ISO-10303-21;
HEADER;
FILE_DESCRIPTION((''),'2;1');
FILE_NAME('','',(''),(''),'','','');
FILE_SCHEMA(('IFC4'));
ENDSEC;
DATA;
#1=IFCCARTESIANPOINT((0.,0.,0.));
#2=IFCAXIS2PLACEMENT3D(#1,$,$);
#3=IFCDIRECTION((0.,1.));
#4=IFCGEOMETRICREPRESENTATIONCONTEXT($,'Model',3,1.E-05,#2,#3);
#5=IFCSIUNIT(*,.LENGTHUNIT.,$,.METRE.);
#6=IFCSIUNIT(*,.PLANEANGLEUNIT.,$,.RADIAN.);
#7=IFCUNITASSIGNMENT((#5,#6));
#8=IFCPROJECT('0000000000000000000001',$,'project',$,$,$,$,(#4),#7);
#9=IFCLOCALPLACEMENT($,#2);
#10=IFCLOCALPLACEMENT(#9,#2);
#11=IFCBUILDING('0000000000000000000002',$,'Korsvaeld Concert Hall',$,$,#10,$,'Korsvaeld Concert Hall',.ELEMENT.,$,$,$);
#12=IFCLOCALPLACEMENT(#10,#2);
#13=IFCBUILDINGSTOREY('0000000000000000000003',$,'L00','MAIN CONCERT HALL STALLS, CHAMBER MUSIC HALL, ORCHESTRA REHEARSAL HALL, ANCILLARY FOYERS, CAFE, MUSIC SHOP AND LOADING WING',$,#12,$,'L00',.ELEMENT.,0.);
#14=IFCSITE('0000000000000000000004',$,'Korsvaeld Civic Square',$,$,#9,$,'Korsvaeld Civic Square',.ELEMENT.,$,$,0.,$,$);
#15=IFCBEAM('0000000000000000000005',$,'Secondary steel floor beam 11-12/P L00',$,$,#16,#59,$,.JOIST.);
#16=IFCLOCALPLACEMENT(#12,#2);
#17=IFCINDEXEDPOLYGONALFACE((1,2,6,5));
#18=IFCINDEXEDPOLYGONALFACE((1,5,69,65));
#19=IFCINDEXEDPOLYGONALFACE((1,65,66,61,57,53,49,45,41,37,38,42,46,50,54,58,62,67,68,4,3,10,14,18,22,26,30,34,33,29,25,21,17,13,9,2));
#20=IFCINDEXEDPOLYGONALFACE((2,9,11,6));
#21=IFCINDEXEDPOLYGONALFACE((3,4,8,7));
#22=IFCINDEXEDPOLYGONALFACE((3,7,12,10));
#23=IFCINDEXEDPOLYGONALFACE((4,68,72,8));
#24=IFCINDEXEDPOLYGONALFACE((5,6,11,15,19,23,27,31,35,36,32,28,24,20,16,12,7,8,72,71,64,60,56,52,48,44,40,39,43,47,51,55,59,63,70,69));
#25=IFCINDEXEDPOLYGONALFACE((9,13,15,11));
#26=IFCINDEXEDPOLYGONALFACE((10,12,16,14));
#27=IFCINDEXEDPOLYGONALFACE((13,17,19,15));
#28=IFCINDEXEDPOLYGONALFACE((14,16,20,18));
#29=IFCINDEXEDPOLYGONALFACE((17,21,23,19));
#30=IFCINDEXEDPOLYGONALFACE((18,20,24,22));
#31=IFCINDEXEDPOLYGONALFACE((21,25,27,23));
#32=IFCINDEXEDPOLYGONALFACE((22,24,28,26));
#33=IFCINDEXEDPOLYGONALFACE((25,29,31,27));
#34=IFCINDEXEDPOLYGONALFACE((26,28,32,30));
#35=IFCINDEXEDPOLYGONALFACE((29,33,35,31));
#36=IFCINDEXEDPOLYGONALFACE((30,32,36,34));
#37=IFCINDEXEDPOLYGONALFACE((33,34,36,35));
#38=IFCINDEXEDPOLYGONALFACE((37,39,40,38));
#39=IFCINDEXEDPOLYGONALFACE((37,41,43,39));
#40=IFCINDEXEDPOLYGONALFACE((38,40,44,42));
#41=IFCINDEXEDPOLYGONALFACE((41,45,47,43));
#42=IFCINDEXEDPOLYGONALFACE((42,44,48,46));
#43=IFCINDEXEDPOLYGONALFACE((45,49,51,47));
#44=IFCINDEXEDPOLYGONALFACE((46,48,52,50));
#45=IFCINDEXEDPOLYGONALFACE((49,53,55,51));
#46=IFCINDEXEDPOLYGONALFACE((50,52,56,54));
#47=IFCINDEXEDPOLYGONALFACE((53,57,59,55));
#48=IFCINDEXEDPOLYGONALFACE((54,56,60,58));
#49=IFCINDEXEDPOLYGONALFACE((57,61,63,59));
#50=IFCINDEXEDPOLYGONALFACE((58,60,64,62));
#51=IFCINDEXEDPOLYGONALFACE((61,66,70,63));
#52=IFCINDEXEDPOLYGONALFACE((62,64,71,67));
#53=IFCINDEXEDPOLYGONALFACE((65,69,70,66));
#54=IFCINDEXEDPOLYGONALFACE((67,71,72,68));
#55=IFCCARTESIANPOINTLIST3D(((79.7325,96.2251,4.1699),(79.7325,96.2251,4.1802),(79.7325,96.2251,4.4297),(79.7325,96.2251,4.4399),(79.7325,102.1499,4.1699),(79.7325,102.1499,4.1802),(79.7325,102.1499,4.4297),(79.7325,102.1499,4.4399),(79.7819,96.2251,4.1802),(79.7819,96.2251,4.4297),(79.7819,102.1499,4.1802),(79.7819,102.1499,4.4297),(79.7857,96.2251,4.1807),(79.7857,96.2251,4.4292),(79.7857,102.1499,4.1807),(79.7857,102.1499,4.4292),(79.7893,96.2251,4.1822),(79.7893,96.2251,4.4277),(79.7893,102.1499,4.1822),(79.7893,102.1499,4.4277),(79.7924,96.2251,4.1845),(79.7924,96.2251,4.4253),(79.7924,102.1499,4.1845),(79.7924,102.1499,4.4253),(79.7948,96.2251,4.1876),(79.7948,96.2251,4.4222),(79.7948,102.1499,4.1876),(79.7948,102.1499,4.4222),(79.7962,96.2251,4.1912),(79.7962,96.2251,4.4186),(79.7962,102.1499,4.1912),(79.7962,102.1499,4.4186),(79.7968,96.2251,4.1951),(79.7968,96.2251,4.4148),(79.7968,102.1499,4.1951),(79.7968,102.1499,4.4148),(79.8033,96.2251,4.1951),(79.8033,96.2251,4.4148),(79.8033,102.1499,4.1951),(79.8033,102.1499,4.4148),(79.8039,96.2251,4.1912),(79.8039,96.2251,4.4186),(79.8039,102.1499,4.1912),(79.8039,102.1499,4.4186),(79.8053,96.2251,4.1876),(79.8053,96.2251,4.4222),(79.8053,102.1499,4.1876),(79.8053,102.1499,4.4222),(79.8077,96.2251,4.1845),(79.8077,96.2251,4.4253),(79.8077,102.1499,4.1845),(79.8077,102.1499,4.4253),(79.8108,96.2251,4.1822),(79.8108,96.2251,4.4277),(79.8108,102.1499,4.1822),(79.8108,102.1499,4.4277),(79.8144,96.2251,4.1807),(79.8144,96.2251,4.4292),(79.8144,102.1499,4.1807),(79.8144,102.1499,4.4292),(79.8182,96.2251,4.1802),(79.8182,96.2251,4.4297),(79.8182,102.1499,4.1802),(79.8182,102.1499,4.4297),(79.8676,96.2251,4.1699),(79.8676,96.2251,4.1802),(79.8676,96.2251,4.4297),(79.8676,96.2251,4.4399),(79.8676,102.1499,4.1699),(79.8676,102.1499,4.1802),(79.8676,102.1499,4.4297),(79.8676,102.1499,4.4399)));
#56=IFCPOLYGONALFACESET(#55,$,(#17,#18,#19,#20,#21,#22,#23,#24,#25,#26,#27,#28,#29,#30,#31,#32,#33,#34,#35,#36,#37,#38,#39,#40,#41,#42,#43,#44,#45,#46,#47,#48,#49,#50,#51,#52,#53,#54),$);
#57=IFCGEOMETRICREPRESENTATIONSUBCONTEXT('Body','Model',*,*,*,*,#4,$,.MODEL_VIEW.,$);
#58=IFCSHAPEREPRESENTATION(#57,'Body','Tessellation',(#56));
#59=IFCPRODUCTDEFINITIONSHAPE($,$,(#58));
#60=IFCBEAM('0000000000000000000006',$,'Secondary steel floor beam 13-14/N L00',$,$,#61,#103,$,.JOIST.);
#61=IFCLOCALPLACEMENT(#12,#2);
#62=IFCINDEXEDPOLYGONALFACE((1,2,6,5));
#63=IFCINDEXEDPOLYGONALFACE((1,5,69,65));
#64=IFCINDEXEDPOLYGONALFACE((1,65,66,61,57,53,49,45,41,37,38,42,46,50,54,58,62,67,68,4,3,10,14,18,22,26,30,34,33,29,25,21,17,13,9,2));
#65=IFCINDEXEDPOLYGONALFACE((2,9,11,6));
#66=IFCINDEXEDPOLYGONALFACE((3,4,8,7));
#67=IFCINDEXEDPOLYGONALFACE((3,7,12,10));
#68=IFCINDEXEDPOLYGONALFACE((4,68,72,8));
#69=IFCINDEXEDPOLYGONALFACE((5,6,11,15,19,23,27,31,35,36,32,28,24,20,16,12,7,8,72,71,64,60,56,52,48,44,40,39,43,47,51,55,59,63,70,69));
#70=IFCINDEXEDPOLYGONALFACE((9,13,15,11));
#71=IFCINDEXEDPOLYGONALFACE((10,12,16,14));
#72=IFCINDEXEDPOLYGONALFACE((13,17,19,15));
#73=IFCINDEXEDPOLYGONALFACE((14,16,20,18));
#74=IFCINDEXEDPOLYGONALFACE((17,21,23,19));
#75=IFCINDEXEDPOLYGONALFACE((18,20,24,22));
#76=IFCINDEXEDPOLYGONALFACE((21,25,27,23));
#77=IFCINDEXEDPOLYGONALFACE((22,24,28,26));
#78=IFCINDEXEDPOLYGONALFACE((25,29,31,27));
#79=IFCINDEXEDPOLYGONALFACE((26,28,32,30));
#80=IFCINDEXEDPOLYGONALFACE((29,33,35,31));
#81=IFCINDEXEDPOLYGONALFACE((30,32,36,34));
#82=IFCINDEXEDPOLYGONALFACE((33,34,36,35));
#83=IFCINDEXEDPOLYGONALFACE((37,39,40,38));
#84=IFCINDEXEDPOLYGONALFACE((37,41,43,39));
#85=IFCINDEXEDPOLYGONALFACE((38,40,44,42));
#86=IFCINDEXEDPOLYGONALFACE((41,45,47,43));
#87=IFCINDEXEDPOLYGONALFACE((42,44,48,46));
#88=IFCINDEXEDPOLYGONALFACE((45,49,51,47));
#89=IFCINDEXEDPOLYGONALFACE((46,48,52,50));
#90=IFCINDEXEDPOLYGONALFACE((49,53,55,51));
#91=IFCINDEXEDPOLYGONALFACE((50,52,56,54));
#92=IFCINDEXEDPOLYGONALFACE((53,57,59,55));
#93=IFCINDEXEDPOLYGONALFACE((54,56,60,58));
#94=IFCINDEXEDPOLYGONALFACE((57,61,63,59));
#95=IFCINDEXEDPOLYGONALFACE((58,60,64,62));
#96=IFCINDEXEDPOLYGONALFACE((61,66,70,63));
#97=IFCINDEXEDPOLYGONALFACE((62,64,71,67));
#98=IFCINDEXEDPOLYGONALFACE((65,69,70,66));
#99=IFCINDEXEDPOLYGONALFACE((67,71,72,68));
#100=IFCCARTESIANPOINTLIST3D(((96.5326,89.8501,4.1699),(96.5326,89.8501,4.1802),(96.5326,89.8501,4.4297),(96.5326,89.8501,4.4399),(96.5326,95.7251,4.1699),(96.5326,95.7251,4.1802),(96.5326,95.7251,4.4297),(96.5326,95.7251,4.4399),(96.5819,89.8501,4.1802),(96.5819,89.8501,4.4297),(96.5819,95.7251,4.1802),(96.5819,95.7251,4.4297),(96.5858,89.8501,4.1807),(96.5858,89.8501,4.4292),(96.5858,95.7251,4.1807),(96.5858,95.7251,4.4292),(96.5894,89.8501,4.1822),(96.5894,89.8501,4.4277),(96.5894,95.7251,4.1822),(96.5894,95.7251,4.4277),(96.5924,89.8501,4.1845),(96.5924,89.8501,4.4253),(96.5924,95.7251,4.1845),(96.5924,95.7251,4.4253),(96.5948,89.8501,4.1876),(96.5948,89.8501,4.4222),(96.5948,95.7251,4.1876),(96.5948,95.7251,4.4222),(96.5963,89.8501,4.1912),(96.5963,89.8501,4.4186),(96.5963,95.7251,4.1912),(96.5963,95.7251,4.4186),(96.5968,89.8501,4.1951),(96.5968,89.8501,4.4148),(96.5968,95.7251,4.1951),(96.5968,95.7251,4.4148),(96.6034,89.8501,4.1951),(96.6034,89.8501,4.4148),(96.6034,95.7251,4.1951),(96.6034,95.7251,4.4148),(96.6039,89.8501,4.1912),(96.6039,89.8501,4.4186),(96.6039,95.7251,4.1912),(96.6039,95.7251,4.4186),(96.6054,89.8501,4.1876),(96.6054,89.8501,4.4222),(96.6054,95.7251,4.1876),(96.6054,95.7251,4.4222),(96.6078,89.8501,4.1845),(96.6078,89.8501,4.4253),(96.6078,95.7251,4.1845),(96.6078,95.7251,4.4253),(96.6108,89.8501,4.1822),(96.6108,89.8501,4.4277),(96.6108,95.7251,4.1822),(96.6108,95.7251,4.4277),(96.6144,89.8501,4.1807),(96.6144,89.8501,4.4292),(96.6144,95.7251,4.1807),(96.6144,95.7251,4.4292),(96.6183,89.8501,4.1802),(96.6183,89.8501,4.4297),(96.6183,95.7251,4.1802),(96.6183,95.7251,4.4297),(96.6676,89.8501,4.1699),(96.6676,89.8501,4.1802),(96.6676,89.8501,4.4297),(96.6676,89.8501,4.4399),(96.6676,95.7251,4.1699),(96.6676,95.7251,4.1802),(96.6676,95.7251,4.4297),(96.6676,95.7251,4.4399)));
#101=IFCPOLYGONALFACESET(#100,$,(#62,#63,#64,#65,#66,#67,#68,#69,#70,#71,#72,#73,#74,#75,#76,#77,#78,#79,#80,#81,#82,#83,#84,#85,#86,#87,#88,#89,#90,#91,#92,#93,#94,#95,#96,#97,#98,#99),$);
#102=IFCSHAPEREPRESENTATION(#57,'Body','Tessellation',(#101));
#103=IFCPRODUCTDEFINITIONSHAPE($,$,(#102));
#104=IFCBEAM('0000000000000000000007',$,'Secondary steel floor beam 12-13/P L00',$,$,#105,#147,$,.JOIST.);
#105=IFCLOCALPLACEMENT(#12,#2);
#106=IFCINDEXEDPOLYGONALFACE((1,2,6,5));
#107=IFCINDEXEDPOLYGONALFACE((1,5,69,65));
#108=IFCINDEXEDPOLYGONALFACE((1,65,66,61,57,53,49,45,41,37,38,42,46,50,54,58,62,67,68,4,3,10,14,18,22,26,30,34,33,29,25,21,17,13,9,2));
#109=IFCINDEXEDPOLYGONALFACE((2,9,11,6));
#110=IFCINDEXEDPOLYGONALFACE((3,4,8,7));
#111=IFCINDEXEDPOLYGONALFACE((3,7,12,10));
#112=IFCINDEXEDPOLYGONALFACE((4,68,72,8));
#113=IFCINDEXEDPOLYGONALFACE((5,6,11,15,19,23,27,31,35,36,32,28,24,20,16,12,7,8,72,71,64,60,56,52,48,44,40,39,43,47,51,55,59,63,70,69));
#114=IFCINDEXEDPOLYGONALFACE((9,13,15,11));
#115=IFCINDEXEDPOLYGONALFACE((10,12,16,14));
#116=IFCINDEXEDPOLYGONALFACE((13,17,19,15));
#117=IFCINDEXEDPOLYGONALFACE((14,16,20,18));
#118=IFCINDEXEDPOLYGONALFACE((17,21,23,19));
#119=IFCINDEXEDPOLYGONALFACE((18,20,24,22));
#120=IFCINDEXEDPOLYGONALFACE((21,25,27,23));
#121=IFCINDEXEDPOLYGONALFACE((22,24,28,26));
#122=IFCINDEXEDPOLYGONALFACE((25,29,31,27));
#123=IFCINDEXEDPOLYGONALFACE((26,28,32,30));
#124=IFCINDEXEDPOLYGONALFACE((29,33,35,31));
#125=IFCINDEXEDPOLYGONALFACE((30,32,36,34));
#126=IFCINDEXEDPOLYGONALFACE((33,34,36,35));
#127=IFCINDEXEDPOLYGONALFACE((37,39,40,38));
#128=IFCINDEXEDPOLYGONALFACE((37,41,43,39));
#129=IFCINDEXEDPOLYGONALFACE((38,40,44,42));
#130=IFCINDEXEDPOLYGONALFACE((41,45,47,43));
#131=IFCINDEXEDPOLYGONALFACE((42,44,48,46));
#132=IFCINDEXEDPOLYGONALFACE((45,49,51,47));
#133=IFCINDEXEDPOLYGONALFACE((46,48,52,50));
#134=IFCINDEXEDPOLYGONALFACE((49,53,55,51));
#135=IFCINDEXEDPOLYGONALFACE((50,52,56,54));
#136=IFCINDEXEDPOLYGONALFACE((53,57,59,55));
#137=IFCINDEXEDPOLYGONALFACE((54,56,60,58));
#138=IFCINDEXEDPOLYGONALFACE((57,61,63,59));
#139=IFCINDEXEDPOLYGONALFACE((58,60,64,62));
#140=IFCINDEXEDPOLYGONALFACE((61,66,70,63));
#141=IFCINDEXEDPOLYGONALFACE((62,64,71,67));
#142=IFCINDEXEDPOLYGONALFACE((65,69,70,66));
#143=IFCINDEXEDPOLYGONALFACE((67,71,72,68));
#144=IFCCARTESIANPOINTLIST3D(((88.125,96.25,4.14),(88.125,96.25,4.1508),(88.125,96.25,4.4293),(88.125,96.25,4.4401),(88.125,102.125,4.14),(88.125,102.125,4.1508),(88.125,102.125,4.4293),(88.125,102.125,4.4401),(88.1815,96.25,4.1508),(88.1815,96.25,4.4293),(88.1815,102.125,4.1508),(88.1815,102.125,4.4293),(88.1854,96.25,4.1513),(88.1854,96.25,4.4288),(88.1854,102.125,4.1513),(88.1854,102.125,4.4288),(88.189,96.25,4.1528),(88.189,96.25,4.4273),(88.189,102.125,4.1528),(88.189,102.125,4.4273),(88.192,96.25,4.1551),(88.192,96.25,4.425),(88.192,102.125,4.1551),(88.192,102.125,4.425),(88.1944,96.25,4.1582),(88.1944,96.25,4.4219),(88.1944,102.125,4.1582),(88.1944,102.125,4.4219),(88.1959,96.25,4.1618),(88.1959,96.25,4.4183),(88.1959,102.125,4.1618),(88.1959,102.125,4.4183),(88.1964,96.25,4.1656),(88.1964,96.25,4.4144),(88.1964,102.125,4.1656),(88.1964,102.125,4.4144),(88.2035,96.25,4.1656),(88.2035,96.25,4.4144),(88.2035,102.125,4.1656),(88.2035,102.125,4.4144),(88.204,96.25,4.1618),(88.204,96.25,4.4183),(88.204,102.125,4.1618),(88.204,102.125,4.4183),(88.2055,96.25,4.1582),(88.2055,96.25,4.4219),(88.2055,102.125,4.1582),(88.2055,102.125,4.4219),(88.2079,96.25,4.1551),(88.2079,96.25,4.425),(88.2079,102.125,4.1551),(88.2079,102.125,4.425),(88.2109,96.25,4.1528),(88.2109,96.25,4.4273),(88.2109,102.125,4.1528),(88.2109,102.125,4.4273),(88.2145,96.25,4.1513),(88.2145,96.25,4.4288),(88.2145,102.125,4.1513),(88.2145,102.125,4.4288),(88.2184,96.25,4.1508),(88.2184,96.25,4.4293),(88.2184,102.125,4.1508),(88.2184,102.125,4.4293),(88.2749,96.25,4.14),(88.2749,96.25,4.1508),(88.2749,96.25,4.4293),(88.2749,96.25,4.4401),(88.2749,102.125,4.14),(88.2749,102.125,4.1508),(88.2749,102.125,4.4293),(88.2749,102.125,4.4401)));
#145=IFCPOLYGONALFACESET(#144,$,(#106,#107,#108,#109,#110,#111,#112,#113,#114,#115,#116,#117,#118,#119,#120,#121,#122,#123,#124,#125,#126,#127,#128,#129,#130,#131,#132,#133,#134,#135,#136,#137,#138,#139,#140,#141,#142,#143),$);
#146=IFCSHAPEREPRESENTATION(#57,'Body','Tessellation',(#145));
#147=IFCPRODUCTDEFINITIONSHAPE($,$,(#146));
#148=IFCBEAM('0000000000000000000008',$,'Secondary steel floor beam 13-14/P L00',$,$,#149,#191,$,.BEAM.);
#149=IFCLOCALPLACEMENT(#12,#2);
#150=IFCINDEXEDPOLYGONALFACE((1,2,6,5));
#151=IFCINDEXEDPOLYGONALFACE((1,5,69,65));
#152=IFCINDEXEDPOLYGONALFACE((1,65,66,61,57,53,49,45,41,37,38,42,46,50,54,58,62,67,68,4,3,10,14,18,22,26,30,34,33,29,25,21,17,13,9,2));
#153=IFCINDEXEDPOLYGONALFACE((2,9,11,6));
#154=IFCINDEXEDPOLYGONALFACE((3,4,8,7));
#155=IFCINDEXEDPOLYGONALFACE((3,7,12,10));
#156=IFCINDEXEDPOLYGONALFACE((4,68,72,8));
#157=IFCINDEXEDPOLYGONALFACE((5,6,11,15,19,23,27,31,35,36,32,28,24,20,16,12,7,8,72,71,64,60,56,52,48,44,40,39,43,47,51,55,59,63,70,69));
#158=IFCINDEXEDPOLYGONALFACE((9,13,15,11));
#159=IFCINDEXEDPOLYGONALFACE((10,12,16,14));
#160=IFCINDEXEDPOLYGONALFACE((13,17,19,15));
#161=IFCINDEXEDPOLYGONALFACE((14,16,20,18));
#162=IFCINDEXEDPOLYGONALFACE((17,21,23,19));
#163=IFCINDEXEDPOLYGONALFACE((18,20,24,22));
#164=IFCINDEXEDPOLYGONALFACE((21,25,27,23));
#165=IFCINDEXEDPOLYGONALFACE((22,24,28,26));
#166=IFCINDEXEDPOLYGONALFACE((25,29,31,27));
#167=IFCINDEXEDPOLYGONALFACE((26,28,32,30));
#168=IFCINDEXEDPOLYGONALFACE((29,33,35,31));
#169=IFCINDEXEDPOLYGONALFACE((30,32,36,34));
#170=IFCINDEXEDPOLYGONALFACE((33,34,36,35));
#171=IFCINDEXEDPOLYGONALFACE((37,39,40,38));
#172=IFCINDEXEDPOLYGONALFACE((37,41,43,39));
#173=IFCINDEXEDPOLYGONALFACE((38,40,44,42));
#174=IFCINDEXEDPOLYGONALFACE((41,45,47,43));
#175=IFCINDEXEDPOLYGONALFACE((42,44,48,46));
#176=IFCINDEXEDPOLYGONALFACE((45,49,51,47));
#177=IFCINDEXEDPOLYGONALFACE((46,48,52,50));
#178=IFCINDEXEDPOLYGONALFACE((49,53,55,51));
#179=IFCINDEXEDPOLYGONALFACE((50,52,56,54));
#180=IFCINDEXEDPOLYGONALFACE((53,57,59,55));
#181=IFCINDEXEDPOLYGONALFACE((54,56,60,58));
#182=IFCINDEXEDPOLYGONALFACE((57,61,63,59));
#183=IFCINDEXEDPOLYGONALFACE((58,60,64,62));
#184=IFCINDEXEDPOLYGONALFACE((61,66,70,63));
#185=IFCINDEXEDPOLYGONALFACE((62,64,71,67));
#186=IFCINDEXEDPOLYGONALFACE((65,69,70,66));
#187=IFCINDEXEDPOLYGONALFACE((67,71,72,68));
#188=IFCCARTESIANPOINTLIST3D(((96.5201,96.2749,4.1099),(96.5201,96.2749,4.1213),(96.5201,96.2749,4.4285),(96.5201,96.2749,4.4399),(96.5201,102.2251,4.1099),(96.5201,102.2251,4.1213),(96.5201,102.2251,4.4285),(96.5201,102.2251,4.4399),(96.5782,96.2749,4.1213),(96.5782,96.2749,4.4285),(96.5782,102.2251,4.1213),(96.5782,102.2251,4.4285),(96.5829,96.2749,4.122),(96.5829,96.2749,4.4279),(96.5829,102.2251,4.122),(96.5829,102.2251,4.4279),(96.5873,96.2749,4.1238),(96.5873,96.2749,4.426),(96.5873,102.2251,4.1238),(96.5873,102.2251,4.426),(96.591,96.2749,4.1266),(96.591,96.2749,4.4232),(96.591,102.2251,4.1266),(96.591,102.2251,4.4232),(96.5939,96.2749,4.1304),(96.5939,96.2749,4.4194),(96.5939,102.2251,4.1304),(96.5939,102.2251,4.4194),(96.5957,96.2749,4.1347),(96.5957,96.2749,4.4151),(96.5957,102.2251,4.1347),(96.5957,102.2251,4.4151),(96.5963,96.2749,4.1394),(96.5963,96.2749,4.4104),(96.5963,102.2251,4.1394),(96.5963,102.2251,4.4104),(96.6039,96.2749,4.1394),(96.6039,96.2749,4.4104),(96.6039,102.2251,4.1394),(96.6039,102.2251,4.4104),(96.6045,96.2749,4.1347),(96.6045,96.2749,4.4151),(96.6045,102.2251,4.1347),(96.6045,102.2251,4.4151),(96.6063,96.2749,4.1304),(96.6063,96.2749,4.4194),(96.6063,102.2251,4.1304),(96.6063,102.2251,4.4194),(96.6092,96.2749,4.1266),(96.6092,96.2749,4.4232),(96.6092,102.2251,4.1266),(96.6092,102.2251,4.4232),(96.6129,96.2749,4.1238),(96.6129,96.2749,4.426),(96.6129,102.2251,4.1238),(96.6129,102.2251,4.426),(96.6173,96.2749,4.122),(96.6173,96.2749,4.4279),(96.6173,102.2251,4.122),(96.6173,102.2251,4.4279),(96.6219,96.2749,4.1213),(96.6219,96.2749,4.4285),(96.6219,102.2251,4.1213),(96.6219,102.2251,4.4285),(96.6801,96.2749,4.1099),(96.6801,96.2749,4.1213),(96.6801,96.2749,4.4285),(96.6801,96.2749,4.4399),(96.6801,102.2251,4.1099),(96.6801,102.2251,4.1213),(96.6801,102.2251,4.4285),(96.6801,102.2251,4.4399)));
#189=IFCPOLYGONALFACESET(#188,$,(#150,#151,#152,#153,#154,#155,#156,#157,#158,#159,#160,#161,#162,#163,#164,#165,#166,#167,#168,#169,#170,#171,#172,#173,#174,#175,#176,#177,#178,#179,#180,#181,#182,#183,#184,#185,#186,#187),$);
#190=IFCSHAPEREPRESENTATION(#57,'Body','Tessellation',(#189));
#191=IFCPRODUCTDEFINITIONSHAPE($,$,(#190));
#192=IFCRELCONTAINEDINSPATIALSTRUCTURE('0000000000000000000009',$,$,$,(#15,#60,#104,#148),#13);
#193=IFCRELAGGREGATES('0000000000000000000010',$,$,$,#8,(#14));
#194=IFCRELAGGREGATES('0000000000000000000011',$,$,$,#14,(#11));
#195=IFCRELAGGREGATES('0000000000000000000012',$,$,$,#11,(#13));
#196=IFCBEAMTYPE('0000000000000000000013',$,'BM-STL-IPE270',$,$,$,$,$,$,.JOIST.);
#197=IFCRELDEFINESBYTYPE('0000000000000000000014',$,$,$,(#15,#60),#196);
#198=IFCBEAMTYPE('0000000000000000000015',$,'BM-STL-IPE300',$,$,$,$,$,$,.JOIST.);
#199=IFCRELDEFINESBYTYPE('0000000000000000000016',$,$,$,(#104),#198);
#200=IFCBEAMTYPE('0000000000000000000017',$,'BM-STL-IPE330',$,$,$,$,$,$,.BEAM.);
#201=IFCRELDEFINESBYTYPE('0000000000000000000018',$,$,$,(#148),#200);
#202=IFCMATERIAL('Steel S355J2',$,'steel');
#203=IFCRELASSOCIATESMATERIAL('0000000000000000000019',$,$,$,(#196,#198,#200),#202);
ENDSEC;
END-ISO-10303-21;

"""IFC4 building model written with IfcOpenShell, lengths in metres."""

from ifc_helpers import new_model, si_unit, direction, frame, origin, origin_2d, place, context, subcontext, project, spatial, i_section, extrude, material, material_profile, profile_set, type_object, element, save


model = new_model("IFC4")

# Units and contexts
model_context = context("Model", 3, precision=1e-05, world=origin(), true_north=direction((0.0, 1.0)))
body_context = subcontext(model_context, "Body", "Model", "MODEL_VIEW")
ifc_project = project(units=[si_unit("LENGTHUNIT", "METRE"), si_unit("PLANEANGLEUNIT", "RADIAN")], contexts=[model_context])

# Site, building, storey
site_placement = place(None, origin())
site = spatial("IfcSite", under=ifc_project, at=site_placement, Name="Korsvaeld Civic Square", LongName="Korsvaeld Civic Square", CompositionType="ELEMENT", RefElevation=0.0)
building_placement = place(site_placement, origin())
building = spatial("IfcBuilding", under=site, at=building_placement, Name="Korsvaeld Concert Hall", LongName="Korsvaeld Concert Hall", CompositionType="ELEMENT")
storey_placement = place(building_placement, origin())
storey = spatial("IfcBuildingStorey", under=building, at=storey_placement, Name="L00", Description="MAIN CONCERT HALL STALLS, CHAMBER MUSIC HALL, ORCHESTRA REHEARSAL HALL, ANCILLARY FOYERS, CAFE, MUSIC SHOP AND LOADING WING", LongName="L00", CompositionType="ELEMENT", Elevation=0.0)

# Beams
ifc_material_1 = material(Name="Steel S355J2", Category="steel")
ifc_material_profile_1 = material_profile(ifc_material_1, i_section(OverallWidth=0.135, OverallDepth=0.27, WebThickness=0.0066, FlangeThickness=0.0103, FilletRadius=0.0149, at=origin_2d()), Name="IPE 270")
ifc_profile_set_1 = profile_set([ifc_material_profile_1], Name="Steel S355J2")
beam_type_1 = type_object("IfcBeamType", Name="BM-STL-IPE270", PredefinedType="JOIST", material=ifc_profile_set_1)
beam_1_placement = place(storey_placement, frame((79.8, 96.2251, 4.3049), z_axis=(0.0, 1.0, 0.0), x_axis=(-1.0, 0.0, 0.0)))
element("IfcBeam", 1, at=beam_1_placement, inside=storey, type_object=beam_type_1, Name="Secondary steel floor beam 11-12/P L00", PredefinedType="JOIST", context=body_context, shape_type="SweptSolid", body=[
    extrude(i_section(OverallWidth=0.135, OverallDepth=0.27, WebThickness=0.0066, FlangeThickness=0.0103, FilletRadius=0.0149, at=origin_2d()), origin(), (0.0, 0.0, 1.0), 5.9248),
])
beam_2_placement = place(storey_placement, frame((96.6001, 89.8501, 4.3049), z_axis=(0.0, 1.0, 0.0), x_axis=(-1.0, 0.0, 0.0)))
element("IfcBeam", 2, at=beam_2_placement, inside=storey, type_object=beam_type_1, Name="Secondary steel floor beam 13-14/N L00", PredefinedType="JOIST", context=body_context, shape_type="SweptSolid", body=[
    extrude(i_section(OverallWidth=0.135, OverallDepth=0.27, WebThickness=0.0066, FlangeThickness=0.0103, FilletRadius=0.0149, at=origin_2d()), origin(), (0.0, 0.0, 1.0), 5.875),
])
ifc_material_profile_2 = material_profile(ifc_material_1, i_section(OverallWidth=0.1499, OverallDepth=0.3, WebThickness=0.0071, FlangeThickness=0.0107, FilletRadius=0.0149, at=origin_2d()), Name="IPE 300")
ifc_profile_set_2 = profile_set([ifc_material_profile_2], Name="Steel S355J2")
beam_type_2 = type_object("IfcBeamType", Name="BM-STL-IPE300", PredefinedType="JOIST", material=ifc_profile_set_2)
beam_3_placement = place(storey_placement, frame((88.2, 96.25, 4.29), z_axis=(0.0, 1.0, 0.0), x_axis=(-1.0, 0.0, 0.0)))
element("IfcBeam", 3, at=beam_3_placement, inside=storey, type_object=beam_type_2, Name="Secondary steel floor beam 12-13/P L00", PredefinedType="JOIST", context=body_context, shape_type="SweptSolid", body=[
    extrude(i_section(OverallWidth=0.1499, OverallDepth=0.3, WebThickness=0.0071, FlangeThickness=0.0107, FilletRadius=0.0149, at=origin_2d()), origin(), (0.0, 0.0, 1.0), 5.875),
])
ifc_material_profile_3 = material_profile(ifc_material_1, i_section(OverallWidth=0.1599, OverallDepth=0.3301, WebThickness=0.0076, FlangeThickness=0.0115, FilletRadius=0.0181, at=origin_2d()), Name="IPE 330")
ifc_profile_set_3 = profile_set([ifc_material_profile_3], Name="Steel S355J2")
beam_type_3 = type_object("IfcBeamType", Name="BM-STL-IPE330", PredefinedType="BEAM", material=ifc_profile_set_3)
beam_4_placement = place(storey_placement, frame((96.6001, 96.2749, 4.2749), z_axis=(0.0, 1.0, 0.0), x_axis=(-1.0, 0.0, 0.0)))
element("IfcBeam", 4, at=beam_4_placement, inside=storey, type_object=beam_type_3, Name="Secondary steel floor beam 13-14/P L00", PredefinedType="BEAM", context=body_context, shape_type="SweptSolid", body=[
    extrude(i_section(OverallWidth=0.1599, OverallDepth=0.3301, WebThickness=0.0076, FlangeThickness=0.0115, FilletRadius=0.0181, at=origin_2d()), origin(), (0.0, 0.0, 1.0), 5.9502),
])

save(model, "model.ifc")
